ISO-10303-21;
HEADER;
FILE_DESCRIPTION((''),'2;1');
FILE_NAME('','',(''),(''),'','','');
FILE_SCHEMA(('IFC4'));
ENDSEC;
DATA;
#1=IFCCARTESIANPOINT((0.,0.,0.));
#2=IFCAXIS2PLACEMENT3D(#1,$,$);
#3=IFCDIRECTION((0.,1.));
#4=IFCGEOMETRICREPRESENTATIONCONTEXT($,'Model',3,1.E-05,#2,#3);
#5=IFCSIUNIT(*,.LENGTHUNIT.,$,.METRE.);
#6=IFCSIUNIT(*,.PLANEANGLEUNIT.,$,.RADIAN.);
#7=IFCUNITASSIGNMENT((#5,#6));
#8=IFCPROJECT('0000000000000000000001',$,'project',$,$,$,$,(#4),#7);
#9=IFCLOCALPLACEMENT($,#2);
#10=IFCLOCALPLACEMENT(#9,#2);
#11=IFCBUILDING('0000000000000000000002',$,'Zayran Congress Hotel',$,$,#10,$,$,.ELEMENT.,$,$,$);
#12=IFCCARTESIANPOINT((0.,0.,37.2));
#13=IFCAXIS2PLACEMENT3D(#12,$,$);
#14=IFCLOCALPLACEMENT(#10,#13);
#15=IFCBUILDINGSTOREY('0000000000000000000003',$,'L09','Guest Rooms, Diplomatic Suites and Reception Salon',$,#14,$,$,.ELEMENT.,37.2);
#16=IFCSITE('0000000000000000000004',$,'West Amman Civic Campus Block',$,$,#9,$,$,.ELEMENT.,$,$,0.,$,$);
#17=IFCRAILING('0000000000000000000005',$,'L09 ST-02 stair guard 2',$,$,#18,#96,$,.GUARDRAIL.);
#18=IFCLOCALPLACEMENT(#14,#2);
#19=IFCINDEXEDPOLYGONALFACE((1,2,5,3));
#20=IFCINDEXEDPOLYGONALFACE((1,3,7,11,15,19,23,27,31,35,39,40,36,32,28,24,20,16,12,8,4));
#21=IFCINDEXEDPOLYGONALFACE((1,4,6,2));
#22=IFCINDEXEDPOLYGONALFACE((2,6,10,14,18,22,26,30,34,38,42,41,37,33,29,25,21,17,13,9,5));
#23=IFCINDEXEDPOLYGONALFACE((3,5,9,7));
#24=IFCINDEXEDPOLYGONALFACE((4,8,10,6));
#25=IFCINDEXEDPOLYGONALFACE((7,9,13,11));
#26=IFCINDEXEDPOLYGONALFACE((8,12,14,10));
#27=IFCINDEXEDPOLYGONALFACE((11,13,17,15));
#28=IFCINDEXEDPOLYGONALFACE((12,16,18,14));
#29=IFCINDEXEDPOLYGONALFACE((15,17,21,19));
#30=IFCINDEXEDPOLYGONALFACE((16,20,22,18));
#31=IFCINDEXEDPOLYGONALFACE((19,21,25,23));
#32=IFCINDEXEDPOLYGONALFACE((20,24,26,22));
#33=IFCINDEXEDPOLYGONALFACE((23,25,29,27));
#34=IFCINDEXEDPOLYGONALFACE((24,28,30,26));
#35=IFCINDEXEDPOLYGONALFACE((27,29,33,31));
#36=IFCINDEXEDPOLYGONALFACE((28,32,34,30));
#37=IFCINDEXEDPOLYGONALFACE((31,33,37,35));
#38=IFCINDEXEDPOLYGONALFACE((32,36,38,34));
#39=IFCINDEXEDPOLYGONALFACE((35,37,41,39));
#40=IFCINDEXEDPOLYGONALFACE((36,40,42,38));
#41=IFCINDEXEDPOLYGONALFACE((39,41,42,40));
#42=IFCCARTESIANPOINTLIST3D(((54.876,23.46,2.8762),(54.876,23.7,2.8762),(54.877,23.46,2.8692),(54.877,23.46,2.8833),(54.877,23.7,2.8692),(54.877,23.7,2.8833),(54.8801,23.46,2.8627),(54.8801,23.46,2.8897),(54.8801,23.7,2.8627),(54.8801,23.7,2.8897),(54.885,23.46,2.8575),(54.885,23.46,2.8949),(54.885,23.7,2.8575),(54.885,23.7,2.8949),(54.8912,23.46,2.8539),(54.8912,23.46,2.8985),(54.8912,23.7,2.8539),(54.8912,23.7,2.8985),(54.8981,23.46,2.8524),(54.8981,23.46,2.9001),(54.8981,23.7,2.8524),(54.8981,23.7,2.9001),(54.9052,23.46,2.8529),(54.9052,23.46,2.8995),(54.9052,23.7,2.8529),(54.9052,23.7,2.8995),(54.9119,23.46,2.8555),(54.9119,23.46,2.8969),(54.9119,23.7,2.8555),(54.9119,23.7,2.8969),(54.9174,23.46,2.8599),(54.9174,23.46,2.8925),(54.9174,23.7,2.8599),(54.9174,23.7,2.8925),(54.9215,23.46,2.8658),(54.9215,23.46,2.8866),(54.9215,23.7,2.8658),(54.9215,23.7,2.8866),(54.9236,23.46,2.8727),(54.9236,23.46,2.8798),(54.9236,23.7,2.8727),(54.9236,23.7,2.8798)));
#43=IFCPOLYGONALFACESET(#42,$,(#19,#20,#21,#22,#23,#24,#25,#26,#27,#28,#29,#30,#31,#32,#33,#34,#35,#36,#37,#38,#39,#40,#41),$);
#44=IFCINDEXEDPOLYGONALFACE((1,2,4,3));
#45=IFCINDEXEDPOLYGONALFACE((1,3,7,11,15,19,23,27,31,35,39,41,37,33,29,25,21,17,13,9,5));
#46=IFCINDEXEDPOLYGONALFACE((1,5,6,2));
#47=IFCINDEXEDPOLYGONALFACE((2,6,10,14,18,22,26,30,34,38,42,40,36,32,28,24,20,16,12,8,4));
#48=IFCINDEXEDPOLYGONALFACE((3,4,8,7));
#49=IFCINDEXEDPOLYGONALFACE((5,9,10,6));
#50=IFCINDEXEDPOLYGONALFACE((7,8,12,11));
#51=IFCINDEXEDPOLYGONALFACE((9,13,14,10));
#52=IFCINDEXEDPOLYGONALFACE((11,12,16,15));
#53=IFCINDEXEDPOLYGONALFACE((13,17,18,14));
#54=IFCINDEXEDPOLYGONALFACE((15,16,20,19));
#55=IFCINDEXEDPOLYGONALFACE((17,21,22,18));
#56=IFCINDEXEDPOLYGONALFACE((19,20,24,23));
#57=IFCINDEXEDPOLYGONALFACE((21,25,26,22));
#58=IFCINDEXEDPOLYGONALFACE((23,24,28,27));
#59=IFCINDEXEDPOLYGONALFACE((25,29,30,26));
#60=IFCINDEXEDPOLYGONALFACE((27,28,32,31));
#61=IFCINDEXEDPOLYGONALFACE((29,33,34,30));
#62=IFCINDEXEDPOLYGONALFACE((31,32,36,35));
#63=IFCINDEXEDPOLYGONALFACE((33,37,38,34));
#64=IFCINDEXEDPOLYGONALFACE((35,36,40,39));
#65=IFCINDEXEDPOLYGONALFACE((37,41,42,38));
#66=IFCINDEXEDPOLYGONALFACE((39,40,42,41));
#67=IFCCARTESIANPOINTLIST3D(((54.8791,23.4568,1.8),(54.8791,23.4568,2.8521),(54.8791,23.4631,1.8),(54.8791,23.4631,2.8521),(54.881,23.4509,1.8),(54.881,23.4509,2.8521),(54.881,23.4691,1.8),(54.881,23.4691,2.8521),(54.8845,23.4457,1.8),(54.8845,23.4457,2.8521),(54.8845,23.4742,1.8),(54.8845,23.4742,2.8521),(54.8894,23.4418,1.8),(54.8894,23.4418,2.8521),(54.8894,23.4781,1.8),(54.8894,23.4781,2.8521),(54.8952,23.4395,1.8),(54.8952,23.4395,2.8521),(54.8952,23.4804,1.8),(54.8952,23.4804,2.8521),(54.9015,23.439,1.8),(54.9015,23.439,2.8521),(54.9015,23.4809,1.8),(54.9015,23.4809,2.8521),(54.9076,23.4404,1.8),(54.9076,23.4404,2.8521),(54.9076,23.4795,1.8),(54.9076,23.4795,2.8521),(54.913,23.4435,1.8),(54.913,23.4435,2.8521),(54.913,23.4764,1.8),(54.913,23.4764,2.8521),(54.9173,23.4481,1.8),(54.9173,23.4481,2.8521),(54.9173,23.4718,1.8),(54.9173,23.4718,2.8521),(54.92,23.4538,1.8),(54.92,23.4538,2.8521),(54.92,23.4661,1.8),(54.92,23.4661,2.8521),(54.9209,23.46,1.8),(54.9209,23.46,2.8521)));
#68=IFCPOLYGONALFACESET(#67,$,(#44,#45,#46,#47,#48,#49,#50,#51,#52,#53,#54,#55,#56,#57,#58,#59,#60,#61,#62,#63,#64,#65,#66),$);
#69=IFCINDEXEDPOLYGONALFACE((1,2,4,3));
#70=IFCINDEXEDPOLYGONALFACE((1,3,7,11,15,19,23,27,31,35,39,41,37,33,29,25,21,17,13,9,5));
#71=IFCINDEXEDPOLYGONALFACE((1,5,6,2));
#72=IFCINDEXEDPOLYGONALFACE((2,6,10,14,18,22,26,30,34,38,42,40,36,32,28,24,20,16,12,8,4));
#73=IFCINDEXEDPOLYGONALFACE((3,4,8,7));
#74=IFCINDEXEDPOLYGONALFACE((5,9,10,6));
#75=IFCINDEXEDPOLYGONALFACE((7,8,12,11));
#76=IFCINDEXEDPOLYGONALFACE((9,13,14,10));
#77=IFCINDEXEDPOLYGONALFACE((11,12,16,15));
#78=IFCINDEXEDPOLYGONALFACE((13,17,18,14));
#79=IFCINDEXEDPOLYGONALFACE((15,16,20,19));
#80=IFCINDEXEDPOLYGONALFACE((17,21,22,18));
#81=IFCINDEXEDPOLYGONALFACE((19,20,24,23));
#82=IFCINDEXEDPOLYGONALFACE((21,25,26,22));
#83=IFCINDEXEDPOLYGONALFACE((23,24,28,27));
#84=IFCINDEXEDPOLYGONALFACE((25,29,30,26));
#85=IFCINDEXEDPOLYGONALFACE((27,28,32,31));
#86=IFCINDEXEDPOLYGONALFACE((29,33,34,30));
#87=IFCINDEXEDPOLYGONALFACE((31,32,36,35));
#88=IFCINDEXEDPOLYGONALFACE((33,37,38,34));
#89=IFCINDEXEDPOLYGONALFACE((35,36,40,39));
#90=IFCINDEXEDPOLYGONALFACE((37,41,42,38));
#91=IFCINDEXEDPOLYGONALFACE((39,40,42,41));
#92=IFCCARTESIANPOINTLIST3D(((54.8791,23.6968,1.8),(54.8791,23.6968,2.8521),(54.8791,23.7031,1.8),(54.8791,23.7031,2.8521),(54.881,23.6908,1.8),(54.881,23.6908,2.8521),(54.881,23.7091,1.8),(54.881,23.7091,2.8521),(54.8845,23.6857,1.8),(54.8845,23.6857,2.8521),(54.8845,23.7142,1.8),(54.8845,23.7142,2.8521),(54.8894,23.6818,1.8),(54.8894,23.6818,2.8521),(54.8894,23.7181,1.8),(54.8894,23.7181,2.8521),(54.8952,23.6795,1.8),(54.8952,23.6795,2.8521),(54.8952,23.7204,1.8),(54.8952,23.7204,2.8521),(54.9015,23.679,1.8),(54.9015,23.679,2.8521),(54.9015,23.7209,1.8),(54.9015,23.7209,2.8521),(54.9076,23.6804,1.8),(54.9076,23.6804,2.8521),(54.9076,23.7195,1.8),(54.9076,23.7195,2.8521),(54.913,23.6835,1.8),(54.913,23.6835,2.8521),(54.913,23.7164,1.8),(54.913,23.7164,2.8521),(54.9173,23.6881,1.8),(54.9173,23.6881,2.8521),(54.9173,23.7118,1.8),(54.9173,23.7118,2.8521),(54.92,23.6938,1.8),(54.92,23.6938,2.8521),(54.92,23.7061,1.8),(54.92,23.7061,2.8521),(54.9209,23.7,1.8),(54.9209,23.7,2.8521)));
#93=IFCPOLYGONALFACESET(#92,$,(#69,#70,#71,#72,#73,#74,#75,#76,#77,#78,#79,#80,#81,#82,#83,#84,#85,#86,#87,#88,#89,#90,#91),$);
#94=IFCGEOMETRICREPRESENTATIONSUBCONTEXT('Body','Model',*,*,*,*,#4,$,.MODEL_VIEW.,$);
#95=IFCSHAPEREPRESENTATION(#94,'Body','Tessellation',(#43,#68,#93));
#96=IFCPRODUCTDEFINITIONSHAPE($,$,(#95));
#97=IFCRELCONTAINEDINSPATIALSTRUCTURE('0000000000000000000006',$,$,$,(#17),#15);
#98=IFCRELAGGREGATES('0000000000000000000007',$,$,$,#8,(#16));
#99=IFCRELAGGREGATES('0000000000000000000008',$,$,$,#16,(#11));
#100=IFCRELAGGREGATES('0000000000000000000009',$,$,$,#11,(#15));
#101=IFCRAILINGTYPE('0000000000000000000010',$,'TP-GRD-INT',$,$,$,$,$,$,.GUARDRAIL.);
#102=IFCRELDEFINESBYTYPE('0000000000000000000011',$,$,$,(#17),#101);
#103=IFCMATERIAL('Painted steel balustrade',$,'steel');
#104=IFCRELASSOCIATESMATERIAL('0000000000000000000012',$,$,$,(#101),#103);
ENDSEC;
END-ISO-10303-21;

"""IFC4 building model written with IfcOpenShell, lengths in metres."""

from ifc_helpers import new_model, si_unit, direction, frame, origin, origin_2d, place, context, subcontext, project, spatial, circle, extrude, material, type_object, element, save


model = new_model("IFC4")

# Units and contexts
model_context = context("Model", 3, precision=1e-05, world=origin(), true_north=direction((0.0, 1.0)))
body_context = subcontext(model_context, "Body", "Model", "MODEL_VIEW")
ifc_project = project(units=[si_unit("LENGTHUNIT", "METRE"), si_unit("PLANEANGLEUNIT", "RADIAN")], contexts=[model_context])

# Site, building, storey
site_placement = place(None, origin())
site = spatial("IfcSite", under=ifc_project, at=site_placement, Name="West Amman Civic Campus Block", CompositionType="ELEMENT", RefElevation=0.0)
building_placement = place(site_placement, origin())
building = spatial("IfcBuilding", under=site, at=building_placement, Name="Zayran Congress Hotel", CompositionType="ELEMENT")
storey_placement = place(building_placement, frame((0.0, 0.0, 37.2)))
storey = spatial("IfcBuildingStorey", under=building, at=storey_placement, Name="L09", Description="Guest Rooms, Diplomatic Suites and Reception Salon", CompositionType="ELEMENT", Elevation=37.2)

# Railing
ifc_material_1 = material(Name="Painted steel balustrade", Category="steel")
railing_type_1 = type_object("IfcRailingType", Name="TP-GRD-INT", PredefinedType="GUARDRAIL", material=ifc_material_1)
railing_1_placement = place(storey_placement, frame((54.8999, 23.46, 1.8)))
element("IfcRailing", 1, at=railing_1_placement, inside=storey, type_object=railing_type_1, Name="L09 ST-02 stair guard 2", PredefinedType="GUARDRAIL", context=body_context, shape_type="SweptSolid", body=[
    extrude(circle(Radius=0.0239, at=origin_2d()), frame((0.0, 0.0, 1.0762), z_axis=(0.0, 1.0, 0.0), x_axis=(-1.0, 0.0, 0.0)), (0.0, 0.0, 1.0), 0.24),
    extrude(circle(Radius=0.021, at=origin_2d()), origin(), (0.0, 0.0, 1.0), 1.052),
    extrude(circle(Radius=0.021, at=origin_2d()), frame((0.0, 0.24, 0.0)), (0.0, 0.0, 1.0), 1.052),
])

save(model, "model.ifc")
